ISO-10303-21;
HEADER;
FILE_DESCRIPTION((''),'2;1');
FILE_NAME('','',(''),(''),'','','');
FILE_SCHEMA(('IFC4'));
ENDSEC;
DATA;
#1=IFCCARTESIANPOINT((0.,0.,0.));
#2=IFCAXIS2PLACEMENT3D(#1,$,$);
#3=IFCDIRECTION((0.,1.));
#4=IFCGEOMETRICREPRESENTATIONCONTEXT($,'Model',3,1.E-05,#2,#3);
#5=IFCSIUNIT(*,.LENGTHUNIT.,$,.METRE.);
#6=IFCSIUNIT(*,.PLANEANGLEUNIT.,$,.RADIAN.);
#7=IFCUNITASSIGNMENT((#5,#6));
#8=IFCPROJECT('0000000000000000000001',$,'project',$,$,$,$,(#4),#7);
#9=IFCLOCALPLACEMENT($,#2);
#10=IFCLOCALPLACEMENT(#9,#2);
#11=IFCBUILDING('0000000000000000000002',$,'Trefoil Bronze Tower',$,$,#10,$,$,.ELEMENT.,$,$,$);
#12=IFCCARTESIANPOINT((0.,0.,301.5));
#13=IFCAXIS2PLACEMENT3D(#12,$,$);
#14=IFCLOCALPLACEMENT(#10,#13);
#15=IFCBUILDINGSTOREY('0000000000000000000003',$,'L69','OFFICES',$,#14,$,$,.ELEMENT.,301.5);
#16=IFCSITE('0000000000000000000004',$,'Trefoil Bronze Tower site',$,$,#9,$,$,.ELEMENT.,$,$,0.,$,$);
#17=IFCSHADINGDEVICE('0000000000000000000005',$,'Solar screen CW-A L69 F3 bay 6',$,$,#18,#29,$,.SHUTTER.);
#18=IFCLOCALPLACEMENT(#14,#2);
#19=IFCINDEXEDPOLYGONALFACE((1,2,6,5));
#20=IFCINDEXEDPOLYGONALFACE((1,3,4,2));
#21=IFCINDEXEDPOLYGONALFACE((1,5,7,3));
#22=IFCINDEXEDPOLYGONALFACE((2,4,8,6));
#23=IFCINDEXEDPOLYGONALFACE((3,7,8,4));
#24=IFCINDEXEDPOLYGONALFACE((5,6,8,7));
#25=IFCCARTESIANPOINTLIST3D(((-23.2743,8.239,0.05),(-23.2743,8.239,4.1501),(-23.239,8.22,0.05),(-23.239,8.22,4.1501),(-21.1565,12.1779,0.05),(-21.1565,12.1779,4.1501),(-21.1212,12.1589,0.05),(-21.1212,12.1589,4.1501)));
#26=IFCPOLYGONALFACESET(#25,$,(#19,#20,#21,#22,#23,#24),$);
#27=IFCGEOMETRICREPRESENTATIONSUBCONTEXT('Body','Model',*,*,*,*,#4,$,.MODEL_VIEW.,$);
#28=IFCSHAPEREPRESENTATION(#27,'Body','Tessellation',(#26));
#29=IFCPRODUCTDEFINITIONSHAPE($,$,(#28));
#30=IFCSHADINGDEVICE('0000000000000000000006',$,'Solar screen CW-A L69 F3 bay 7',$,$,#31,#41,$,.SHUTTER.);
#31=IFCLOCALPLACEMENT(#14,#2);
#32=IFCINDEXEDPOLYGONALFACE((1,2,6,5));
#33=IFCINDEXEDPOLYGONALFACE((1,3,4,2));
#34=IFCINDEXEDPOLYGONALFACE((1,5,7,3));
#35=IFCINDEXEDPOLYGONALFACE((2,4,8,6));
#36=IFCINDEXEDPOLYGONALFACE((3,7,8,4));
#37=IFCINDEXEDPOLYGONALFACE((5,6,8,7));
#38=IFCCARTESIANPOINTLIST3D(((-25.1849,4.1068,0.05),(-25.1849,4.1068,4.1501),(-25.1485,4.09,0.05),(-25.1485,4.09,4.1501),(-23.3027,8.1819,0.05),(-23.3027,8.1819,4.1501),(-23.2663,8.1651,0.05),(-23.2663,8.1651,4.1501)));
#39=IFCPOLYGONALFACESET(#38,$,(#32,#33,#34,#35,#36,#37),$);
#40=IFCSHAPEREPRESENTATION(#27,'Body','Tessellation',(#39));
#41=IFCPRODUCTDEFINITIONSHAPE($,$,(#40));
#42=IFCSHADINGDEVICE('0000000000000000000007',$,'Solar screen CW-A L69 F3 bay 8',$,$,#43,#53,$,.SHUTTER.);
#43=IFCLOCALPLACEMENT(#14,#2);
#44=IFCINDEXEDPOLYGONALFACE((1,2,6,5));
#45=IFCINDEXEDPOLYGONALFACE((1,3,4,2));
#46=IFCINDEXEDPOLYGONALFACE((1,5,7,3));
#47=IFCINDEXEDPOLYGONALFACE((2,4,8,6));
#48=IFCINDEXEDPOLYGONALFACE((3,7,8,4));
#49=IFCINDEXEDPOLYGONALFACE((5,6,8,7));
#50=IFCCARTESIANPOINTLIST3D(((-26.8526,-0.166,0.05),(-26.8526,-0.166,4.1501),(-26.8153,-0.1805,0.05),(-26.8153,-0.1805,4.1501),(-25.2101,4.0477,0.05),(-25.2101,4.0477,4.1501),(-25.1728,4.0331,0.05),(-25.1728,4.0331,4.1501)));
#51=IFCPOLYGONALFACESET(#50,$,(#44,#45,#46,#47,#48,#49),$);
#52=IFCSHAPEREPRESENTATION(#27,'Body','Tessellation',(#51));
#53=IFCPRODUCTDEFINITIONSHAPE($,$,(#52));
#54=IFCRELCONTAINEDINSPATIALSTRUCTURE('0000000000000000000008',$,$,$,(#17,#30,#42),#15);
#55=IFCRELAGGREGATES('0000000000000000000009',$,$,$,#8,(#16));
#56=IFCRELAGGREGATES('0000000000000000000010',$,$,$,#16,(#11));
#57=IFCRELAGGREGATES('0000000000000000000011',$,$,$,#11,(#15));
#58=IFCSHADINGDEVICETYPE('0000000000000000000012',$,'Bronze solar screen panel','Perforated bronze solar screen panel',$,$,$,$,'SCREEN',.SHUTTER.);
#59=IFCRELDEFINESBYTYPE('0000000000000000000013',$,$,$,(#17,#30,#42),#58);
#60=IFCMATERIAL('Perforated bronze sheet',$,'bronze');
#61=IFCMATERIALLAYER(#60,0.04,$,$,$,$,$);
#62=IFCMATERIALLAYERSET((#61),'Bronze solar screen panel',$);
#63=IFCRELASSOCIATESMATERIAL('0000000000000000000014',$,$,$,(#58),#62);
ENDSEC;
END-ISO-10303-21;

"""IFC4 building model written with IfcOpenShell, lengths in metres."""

from ifc_helpers import new_model, si_unit, direction, frame, origin, origin_2d, place, context, subcontext, project, spatial, rectangle, extrude, material, layer, layer_set, type_object, element, save


model = new_model("IFC4")

# Units and contexts
model_context = context("Model", 3, precision=1e-05, world=origin(), true_north=direction((0.0, 1.0)))
body_context = subcontext(model_context, "Body", "Model", "MODEL_VIEW")
ifc_project = project(units=[si_unit("LENGTHUNIT", "METRE"), si_unit("PLANEANGLEUNIT", "RADIAN")], contexts=[model_context])

# Site, building, storey
site_placement = place(None, origin())
site = spatial("IfcSite", under=ifc_project, at=site_placement, Name="Trefoil Bronze Tower site", CompositionType="ELEMENT", RefElevation=0.0)
building_placement = place(site_placement, origin())
building = spatial("IfcBuilding", under=site, at=building_placement, Name="Trefoil Bronze Tower", CompositionType="ELEMENT")
storey_placement = place(building_placement, frame((0.0, 0.0, 301.5)))
storey = spatial("IfcBuildingStorey", under=building, at=storey_placement, Name="L69", Description="OFFICES", CompositionType="ELEMENT", Elevation=301.5)

# Shading devices
ifc_material_1 = material(Name="Perforated bronze sheet", Category="bronze")
ifc_layer_1 = layer(ifc_material_1, 0.04)
ifc_layer_set_1 = layer_set([ifc_layer_1], Name="Bronze solar screen panel")
shading_device_type = type_object("IfcShadingDeviceType", Name="Bronze solar screen panel", Description="Perforated bronze solar screen panel", ElementType="SCREEN", PredefinedType="SHUTTER", material=ifc_layer_set_1)
shading_device_1_placement = place(storey_placement, frame((-22.1978, 10.199, 0.05), z_axis=(0.0, 0.0, 1.0), x_axis=(-0.473562, -0.88076, 0.0)))
element("IfcShadingDevice", 1, at=shading_device_1_placement, inside=storey, type_object=shading_device_type, Name="Solar screen CW-A L69 F3 bay 6", PredefinedType="SHUTTER", context=body_context, shape_type="SweptSolid", body=[
    extrude(rectangle(XDim=4.4722, YDim=0.04, at=origin_2d()), origin(), (0.0, 0.0, 1.0), 4.1001),
])
shading_device_2_placement = place(storey_placement, frame((-24.2256, 6.136, 0.05), z_axis=(0.0, 0.0, 1.0), x_axis=(-0.419309, -0.907844, 0.0)))
element("IfcShadingDevice", 2, at=shading_device_2_placement, inside=storey, type_object=shading_device_type, Name="Solar screen CW-A L69 F3 bay 7", PredefinedType="SHUTTER", context=body_context, shape_type="SweptSolid", body=[
    extrude(rectangle(XDim=4.4888, YDim=0.04, at=origin_2d()), origin(), (0.0, 0.0, 1.0), 4.1001),
])
shading_device_3_placement = place(storey_placement, frame((-26.0127, 1.9336, 0.05), z_axis=(0.0, 0.0, 1.0), x_axis=(-0.363199, -0.931712, 0.0)))
element("IfcShadingDevice", 3, at=shading_device_3_placement, inside=storey, type_object=shading_device_type, Name="Solar screen CW-A L69 F3 bay 8", PredefinedType="SHUTTER", context=body_context, shape_type="SweptSolid", body=[
    extrude(rectangle(XDim=4.5225, YDim=0.04, at=origin_2d()), origin(), (0.0, 0.0, 1.0), 4.1001),
])

save(model, "model.ifc")
